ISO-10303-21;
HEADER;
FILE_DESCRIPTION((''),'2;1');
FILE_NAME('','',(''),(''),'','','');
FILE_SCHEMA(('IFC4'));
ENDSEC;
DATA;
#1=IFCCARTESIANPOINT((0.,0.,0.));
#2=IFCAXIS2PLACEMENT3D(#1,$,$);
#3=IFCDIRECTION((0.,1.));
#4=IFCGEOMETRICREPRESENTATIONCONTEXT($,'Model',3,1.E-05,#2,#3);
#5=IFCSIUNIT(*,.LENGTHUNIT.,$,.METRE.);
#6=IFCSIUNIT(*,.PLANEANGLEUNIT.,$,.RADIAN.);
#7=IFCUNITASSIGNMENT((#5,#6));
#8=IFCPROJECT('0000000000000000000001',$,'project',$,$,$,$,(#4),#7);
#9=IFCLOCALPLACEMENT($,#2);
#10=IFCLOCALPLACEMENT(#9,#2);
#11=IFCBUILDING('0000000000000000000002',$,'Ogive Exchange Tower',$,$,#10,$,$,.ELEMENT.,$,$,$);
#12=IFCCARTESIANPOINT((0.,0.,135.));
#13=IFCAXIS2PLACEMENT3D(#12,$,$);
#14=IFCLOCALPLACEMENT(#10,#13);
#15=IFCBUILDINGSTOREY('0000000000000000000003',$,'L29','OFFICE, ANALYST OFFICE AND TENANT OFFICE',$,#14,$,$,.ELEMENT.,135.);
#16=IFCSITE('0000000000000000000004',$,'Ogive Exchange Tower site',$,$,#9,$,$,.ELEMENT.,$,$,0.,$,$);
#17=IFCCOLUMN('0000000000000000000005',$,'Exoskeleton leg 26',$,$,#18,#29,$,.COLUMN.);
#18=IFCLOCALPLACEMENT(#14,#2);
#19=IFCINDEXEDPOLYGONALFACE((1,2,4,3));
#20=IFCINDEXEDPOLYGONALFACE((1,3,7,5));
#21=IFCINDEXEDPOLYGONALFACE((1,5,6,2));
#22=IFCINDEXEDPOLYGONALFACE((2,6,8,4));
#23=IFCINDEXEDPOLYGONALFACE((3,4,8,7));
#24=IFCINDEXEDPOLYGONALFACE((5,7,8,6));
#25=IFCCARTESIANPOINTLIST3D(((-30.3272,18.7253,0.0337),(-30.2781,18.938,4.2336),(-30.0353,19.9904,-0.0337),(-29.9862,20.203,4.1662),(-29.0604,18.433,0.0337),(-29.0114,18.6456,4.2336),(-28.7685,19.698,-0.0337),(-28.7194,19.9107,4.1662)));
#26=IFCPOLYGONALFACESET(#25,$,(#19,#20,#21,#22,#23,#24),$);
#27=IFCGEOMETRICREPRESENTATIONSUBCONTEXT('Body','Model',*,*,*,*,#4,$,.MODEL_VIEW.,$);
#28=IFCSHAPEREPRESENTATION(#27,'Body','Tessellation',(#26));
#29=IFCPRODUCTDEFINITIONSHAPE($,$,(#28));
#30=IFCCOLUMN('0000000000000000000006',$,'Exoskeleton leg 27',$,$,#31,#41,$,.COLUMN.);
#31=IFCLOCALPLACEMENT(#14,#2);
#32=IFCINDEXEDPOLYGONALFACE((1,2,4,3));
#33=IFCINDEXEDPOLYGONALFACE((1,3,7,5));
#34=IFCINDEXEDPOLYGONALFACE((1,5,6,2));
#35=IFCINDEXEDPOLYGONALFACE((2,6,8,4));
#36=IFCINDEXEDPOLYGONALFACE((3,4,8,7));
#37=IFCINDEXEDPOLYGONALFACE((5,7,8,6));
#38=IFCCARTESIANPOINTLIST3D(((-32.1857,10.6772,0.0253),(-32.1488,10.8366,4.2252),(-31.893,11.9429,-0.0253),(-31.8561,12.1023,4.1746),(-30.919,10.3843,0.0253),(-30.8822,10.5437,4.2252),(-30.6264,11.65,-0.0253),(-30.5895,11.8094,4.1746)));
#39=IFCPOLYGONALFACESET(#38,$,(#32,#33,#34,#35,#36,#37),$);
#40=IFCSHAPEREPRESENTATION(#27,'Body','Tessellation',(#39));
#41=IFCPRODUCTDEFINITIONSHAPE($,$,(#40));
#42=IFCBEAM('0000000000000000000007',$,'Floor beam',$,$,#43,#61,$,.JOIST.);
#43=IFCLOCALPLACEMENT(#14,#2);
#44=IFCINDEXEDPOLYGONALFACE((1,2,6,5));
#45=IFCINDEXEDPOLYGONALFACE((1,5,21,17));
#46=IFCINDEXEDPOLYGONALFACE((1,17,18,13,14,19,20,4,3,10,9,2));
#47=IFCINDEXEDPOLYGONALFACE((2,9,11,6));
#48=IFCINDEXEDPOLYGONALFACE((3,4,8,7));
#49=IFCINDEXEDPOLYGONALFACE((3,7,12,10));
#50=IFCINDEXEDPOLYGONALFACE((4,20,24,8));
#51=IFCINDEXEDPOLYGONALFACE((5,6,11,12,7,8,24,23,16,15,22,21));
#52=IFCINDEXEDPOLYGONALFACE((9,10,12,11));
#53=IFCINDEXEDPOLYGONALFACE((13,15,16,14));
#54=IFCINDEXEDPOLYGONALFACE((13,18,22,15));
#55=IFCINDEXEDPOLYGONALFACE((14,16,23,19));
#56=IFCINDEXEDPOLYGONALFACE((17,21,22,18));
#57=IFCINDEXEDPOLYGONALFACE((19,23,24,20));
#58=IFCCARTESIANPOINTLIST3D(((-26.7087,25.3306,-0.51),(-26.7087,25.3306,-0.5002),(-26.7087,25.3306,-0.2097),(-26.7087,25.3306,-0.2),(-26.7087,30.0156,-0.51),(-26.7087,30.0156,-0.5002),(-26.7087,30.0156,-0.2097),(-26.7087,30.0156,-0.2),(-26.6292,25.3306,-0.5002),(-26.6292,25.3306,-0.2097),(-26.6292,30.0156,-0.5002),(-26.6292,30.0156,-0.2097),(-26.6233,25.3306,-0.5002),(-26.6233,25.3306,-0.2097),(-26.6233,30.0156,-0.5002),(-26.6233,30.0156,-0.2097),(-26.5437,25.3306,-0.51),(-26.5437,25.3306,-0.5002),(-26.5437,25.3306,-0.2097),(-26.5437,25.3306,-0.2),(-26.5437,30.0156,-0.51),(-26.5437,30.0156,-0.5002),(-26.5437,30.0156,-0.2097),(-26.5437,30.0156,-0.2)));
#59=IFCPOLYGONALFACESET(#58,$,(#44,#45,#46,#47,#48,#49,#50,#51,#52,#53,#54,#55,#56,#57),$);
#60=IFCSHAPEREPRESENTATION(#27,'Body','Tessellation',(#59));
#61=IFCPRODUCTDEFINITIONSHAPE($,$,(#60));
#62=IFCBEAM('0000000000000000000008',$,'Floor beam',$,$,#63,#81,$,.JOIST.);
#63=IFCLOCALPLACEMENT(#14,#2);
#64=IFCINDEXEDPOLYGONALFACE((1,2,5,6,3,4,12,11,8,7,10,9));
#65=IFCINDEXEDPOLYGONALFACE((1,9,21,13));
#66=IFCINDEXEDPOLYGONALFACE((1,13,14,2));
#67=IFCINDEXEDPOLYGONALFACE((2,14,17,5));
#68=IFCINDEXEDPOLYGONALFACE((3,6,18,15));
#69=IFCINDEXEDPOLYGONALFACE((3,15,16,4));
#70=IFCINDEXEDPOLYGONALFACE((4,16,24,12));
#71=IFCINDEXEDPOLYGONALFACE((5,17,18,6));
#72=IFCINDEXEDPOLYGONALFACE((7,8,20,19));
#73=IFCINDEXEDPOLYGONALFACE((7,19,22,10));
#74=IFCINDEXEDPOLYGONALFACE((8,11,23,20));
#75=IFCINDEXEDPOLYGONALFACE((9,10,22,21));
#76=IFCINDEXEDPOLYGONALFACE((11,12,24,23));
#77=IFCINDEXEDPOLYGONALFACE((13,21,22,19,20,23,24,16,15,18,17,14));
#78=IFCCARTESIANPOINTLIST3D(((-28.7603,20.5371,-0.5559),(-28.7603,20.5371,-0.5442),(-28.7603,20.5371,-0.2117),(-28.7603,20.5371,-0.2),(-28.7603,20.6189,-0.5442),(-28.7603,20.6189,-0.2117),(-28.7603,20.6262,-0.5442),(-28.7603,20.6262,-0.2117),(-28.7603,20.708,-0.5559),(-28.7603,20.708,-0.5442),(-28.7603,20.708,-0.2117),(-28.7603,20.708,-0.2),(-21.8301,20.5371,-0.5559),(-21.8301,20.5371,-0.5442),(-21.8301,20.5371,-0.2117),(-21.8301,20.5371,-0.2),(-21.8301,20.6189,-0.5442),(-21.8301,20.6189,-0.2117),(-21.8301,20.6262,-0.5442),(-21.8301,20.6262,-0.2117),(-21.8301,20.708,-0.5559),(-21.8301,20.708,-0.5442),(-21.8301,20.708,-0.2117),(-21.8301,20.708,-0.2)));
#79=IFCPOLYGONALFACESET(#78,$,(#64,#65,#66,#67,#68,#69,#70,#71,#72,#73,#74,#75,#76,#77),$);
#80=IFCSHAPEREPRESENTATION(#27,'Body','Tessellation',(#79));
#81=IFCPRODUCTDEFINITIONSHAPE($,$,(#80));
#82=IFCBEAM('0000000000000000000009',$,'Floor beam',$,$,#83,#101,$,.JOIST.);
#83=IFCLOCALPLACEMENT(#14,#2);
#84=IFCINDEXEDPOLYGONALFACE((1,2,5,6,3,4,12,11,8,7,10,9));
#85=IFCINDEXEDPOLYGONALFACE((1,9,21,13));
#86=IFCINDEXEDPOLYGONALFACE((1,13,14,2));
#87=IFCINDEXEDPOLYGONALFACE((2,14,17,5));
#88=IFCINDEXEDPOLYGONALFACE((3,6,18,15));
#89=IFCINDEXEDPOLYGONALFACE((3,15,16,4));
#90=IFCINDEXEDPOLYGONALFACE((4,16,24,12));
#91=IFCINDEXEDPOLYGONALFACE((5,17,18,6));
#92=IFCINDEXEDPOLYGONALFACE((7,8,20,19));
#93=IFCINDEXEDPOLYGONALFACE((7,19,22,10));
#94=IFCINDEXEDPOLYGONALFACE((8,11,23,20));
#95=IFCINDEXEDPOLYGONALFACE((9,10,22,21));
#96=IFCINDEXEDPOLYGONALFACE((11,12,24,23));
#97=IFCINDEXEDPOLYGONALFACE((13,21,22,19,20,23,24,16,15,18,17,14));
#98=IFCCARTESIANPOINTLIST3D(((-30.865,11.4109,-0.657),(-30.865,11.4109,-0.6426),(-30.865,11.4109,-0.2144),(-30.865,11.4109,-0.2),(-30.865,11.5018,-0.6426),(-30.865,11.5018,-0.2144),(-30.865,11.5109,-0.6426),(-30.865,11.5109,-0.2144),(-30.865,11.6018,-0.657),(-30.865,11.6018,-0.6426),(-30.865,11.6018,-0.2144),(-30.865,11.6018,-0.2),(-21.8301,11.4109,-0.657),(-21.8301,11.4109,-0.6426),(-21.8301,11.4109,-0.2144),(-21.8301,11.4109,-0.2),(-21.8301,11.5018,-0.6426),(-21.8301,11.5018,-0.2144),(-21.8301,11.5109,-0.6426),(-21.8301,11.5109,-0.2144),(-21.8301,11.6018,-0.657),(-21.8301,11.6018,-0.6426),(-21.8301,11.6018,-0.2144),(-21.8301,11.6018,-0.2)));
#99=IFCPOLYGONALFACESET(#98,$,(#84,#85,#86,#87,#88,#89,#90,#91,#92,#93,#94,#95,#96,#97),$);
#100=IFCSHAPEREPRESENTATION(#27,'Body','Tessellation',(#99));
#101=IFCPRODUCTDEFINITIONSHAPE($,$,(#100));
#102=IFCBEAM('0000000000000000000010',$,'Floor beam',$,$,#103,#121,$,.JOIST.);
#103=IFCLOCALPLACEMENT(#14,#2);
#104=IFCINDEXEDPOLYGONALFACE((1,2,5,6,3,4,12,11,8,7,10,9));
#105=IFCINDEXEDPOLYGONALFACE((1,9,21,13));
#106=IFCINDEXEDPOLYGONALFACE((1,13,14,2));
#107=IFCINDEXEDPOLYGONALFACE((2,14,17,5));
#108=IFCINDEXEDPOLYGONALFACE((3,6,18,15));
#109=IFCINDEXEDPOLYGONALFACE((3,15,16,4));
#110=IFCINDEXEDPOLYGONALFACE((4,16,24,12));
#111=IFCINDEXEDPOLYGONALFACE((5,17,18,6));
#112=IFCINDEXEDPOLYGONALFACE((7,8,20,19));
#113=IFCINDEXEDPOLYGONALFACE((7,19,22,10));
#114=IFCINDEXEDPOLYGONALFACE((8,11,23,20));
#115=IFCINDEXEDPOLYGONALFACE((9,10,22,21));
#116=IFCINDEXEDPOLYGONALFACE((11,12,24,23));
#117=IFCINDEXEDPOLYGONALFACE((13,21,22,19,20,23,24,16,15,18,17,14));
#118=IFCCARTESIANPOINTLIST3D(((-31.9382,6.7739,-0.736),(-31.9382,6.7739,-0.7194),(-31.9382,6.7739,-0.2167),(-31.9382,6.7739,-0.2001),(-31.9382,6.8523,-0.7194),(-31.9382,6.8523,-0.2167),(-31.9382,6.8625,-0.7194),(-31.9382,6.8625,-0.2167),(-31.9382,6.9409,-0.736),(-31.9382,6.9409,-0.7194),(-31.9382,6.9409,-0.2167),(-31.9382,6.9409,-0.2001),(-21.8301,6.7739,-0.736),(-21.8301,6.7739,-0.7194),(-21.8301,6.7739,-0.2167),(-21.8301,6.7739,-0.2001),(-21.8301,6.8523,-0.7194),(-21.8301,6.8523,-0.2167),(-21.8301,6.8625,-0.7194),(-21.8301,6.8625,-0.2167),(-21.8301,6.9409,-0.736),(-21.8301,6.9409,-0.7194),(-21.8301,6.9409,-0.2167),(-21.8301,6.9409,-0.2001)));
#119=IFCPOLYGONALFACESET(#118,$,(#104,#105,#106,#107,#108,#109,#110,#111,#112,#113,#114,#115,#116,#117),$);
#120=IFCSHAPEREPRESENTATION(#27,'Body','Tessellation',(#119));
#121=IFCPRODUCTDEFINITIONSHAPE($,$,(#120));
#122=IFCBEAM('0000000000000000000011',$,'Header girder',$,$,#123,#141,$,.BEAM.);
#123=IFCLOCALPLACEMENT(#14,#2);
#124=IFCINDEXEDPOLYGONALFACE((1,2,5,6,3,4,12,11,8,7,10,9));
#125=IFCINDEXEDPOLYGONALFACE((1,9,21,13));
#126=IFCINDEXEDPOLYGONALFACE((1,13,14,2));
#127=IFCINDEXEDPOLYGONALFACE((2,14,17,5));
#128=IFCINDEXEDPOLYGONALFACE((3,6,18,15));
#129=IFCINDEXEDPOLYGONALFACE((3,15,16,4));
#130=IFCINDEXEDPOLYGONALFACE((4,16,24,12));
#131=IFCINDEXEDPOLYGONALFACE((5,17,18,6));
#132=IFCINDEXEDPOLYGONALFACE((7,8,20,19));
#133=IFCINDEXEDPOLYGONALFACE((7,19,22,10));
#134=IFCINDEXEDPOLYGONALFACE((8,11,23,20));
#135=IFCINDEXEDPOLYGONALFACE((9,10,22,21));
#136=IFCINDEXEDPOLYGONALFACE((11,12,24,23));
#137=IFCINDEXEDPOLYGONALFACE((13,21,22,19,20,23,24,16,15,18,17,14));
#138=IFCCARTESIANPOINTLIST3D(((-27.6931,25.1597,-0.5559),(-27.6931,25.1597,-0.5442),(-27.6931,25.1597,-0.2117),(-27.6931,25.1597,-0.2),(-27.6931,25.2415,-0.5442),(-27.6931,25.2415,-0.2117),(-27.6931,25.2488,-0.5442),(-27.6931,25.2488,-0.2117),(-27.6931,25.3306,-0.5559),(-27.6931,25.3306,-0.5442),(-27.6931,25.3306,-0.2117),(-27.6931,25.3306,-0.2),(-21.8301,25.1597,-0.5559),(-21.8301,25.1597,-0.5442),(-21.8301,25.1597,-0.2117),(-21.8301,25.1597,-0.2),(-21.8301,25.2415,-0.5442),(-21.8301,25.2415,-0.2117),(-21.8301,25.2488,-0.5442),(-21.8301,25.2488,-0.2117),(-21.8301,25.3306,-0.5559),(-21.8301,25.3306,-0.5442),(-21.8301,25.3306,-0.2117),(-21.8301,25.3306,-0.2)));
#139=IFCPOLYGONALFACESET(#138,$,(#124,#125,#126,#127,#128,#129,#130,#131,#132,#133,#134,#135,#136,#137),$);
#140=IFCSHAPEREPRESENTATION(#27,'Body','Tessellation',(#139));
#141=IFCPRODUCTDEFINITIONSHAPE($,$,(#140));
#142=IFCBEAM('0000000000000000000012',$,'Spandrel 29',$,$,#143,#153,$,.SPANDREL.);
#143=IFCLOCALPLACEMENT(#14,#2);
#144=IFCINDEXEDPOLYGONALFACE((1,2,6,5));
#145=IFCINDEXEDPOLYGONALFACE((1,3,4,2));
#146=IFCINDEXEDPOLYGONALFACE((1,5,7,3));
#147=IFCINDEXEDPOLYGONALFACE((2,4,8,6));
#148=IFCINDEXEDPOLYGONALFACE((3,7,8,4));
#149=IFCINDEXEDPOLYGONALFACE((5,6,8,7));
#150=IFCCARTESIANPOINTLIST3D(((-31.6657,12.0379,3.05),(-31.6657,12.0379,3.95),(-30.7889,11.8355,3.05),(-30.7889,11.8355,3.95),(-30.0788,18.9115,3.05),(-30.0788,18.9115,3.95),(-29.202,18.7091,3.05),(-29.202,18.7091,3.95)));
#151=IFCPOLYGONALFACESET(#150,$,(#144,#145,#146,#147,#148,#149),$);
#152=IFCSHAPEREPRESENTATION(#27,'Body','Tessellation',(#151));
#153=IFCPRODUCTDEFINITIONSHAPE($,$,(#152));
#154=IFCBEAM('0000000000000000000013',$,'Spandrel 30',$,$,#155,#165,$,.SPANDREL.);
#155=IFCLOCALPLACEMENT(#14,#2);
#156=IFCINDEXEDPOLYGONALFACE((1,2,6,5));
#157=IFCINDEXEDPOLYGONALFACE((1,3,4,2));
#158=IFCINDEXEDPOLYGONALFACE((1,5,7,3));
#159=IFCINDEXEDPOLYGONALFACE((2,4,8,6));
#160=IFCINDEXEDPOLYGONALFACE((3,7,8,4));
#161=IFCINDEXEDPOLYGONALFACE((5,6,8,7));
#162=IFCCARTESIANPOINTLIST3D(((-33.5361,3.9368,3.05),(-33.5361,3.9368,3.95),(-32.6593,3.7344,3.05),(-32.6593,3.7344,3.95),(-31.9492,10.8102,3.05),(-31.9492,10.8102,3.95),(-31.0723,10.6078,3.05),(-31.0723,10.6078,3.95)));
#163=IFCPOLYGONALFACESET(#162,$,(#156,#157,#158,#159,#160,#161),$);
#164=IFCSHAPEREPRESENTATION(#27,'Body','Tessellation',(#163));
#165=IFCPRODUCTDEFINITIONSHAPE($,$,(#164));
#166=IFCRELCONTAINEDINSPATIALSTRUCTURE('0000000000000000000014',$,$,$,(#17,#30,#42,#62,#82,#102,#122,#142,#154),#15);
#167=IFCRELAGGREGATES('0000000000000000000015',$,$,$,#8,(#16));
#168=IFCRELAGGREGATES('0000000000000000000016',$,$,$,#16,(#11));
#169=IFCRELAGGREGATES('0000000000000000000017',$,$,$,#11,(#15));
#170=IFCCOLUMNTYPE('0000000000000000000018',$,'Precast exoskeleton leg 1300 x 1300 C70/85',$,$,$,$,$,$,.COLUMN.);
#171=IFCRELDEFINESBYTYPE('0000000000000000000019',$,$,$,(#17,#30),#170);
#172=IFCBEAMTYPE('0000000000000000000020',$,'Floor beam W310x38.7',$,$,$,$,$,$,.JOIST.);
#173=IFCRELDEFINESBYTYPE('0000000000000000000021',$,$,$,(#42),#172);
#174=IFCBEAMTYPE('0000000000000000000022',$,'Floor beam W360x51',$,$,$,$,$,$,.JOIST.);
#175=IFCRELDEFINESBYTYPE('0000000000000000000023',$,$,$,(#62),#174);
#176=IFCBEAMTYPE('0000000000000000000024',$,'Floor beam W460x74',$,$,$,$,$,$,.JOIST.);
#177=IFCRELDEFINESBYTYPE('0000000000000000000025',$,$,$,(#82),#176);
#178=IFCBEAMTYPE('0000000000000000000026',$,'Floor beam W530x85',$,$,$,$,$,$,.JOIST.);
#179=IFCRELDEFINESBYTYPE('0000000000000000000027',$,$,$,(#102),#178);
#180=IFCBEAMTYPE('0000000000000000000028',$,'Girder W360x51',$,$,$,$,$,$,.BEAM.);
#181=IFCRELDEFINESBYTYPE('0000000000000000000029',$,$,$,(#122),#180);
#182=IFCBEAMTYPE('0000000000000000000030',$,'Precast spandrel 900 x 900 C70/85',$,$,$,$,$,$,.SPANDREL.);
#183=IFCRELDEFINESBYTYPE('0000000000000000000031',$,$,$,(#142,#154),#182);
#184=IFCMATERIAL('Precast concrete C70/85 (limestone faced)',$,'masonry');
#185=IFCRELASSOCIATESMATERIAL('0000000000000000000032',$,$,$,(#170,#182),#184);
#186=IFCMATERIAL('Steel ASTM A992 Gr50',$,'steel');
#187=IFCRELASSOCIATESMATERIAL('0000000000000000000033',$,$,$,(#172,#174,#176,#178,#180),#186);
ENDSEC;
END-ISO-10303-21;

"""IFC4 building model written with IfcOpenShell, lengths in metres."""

from ifc_helpers import new_model, si_unit, direction, frame, origin, origin_2d, place, context, subcontext, project, spatial, rectangle, i_section, extrude, material, material_profile, profile_set, type_object, element, save


model = new_model("IFC4")

# Units and contexts
model_context = context("Model", 3, precision=1e-05, world=origin(), true_north=direction((0.0, 1.0)))
body_context = subcontext(model_context, "Body", "Model", "MODEL_VIEW")
ifc_project = project(units=[si_unit("LENGTHUNIT", "METRE"), si_unit("PLANEANGLEUNIT", "RADIAN")], contexts=[model_context])

# Site, building, storey
site_placement = place(None, origin())
site = spatial("IfcSite", under=ifc_project, at=site_placement, Name="Ogive Exchange Tower site", CompositionType="ELEMENT", RefElevation=0.0)
building_placement = place(site_placement, origin())
building = spatial("IfcBuilding", under=site, at=building_placement, Name="Ogive Exchange Tower", CompositionType="ELEMENT")
storey_placement = place(building_placement, frame((0.0, 0.0, 135.0)))
storey = spatial("IfcBuildingStorey", under=building, at=storey_placement, Name="L29", Description="OFFICE, ANALYST OFFICE AND TENANT OFFICE", CompositionType="ELEMENT", Elevation=135.0)

# Columns
ifc_material_1 = material(Name="Precast concrete C70/85 (limestone faced)", Category="masonry")
ifc_material_profile_1 = material_profile(ifc_material_1, rectangle(XDim=1.3, YDim=1.3, at=origin_2d()), Name="1300 x 1300")
ifc_profile_set_1 = profile_set([ifc_material_profile_1], Name="Precast concrete C70/85 (limestone faced)")
column_type = type_object("IfcColumnType", Name="Precast exoskeleton leg 1300 x 1300 C70/85", PredefinedType="COLUMN", material=ifc_profile_set_1)
column_1_placement = place(storey_placement, frame((-29.5479, 19.2117, 0.0), z_axis=(0.011668, 0.050562, 0.998653), x_axis=(-0.974391, 0.22486, 0.0)))
element("IfcColumn", 1, at=column_1_placement, inside=storey, type_object=column_type, Name="Exoskeleton leg 26", PredefinedType="COLUMN", context=body_context, shape_type="SweptSolid", body=[
    extrude(rectangle(XDim=1.3, YDim=1.3, at=origin_2d()), origin(), (0.0, 0.0, 1.0), 4.2056),
])
column_2_placement = place(storey_placement, frame((-31.406, 11.1636, 0.0), z_axis=(0.008771, 0.03793, 0.999242), x_axis=(-0.974291, 0.225295, 0.0)))
element("IfcColumn", 2, at=column_2_placement, inside=storey, type_object=column_type, Name="Exoskeleton leg 27", PredefinedType="COLUMN", context=body_context, shape_type="SweptSolid", body=[
    extrude(rectangle(XDim=1.3, YDim=1.3, at=origin_2d()), origin(), (0.0, 0.0, 1.0), 4.2031),
])

# Beams
ifc_material_2 = material(Name="Steel ASTM A992 Gr50", Category="steel")
ifc_material_profile_2 = material_profile(ifc_material_2, i_section(OverallWidth=0.165, OverallDepth=0.3101, WebThickness=0.0059, FlangeThickness=0.0098, at=origin_2d()), Name="W310x38.7")
ifc_profile_set_2 = profile_set([ifc_material_profile_2], Name="Steel ASTM A992 Gr50")
beam_type_1 = type_object("IfcBeamType", Name="Floor beam W310x38.7", PredefinedType="JOIST", material=ifc_profile_set_2)
beam_1_placement = place(storey_placement, frame((-26.6262, 25.3306, -0.355), z_axis=(0.0, 1.0, 0.0), x_axis=(-1.0, 0.0, 0.0)))
element("IfcBeam", 3, at=beam_1_placement, inside=storey, type_object=beam_type_1, Name="Floor beam", PredefinedType="JOIST", context=body_context, shape_type="SweptSolid", body=[
    extrude(i_section(OverallWidth=0.165, OverallDepth=0.3101, WebThickness=0.0059, FlangeThickness=0.0098, at=origin_2d()), origin(), (0.0, 0.0, 1.0), 4.6851),
])
ifc_material_profile_3 = material_profile(ifc_material_2, i_section(OverallWidth=0.1709, OverallDepth=0.356, WebThickness=0.0073, FlangeThickness=0.0117, at=origin_2d()), Name="W360x51")
ifc_profile_set_3 = profile_set([ifc_material_profile_3], Name="Steel ASTM A992 Gr50")
beam_type_2 = type_object("IfcBeamType", Name="Floor beam W360x51", PredefinedType="JOIST", material=ifc_profile_set_3)
beam_2_placement = place(storey_placement, frame((-28.7603, 20.6226, -0.3779), z_axis=(1.0, 0.0, 0.0), x_axis=(0.0, 1.0, 0.0)))
element("IfcBeam", 4, at=beam_2_placement, inside=storey, type_object=beam_type_2, Name="Floor beam", PredefinedType="JOIST", context=body_context, shape_type="SweptSolid", body=[
    extrude(i_section(OverallWidth=0.1709, OverallDepth=0.356, WebThickness=0.0073, FlangeThickness=0.0117, at=origin_2d()), origin(), (0.0, 0.0, 1.0), 6.9302),
])
ifc_material_profile_4 = material_profile(ifc_material_2, i_section(OverallWidth=0.1909, OverallDepth=0.457, WebThickness=0.009, FlangeThickness=0.0144, at=origin_2d()), Name="W460x74")
ifc_profile_set_4 = profile_set([ifc_material_profile_4], Name="Steel ASTM A992 Gr50")
beam_type_3 = type_object("IfcBeamType", Name="Floor beam W460x74", PredefinedType="JOIST", material=ifc_profile_set_4)
beam_3_placement = place(storey_placement, frame((-30.865, 11.5063, -0.4285), z_axis=(1.0, 0.0, 0.0), x_axis=(0.0, 1.0, 0.0)))
element("IfcBeam", 5, at=beam_3_placement, inside=storey, type_object=beam_type_3, Name="Floor beam", PredefinedType="JOIST", context=body_context, shape_type="SweptSolid", body=[
    extrude(i_section(OverallWidth=0.1909, OverallDepth=0.457, WebThickness=0.009, FlangeThickness=0.0144, at=origin_2d()), origin(), (0.0, 0.0, 1.0), 9.0349),
])
ifc_material_profile_5 = material_profile(ifc_material_2, i_section(OverallWidth=0.167, OverallDepth=0.5359, WebThickness=0.0103, FlangeThickness=0.0166, at=origin_2d()), Name="W530x85")
ifc_profile_set_5 = profile_set([ifc_material_profile_5], Name="Steel ASTM A992 Gr50")
beam_type_4 = type_object("IfcBeamType", Name="Floor beam W530x85", PredefinedType="JOIST", material=ifc_profile_set_5)
beam_4_placement = place(storey_placement, frame((-31.9382, 6.8574, -0.468), z_axis=(1.0, 0.0, 0.0), x_axis=(0.0, 1.0, 0.0)))
element("IfcBeam", 6, at=beam_4_placement, inside=storey, type_object=beam_type_4, Name="Floor beam", PredefinedType="JOIST", context=body_context, shape_type="SweptSolid", body=[
    extrude(i_section(OverallWidth=0.167, OverallDepth=0.5359, WebThickness=0.0103, FlangeThickness=0.0166, at=origin_2d()), origin(), (0.0, 0.0, 1.0), 10.1082),
])
ifc_material_profile_6 = material_profile(ifc_material_2, i_section(OverallWidth=0.1709, OverallDepth=0.356, WebThickness=0.0073, FlangeThickness=0.0117, at=origin_2d()), Name="W360x51")
ifc_profile_set_6 = profile_set([ifc_material_profile_6], Name="Steel ASTM A992 Gr50")
beam_type_5 = type_object("IfcBeamType", Name="Girder W360x51", PredefinedType="BEAM", material=ifc_profile_set_6)
beam_5_placement = place(storey_placement, frame((-27.6931, 25.2451, -0.3779), z_axis=(1.0, 0.0, 0.0), x_axis=(0.0, 1.0, 0.0)))
element("IfcBeam", 7, at=beam_5_placement, inside=storey, type_object=beam_type_5, Name="Header girder", PredefinedType="BEAM", context=body_context, shape_type="SweptSolid", body=[
    extrude(i_section(OverallWidth=0.1709, OverallDepth=0.356, WebThickness=0.0073, FlangeThickness=0.0117, at=origin_2d()), origin(), (0.0, 0.0, 1.0), 5.863),
])
ifc_material_profile_7 = material_profile(ifc_material_1, rectangle(XDim=0.8999, YDim=0.8999, at=origin_2d()), Name="900 x 900")
ifc_profile_set_7 = profile_set([ifc_material_profile_7], Name="Precast concrete C70/85 (limestone faced)")
beam_type_6 = type_object("IfcBeamType", Name="Precast spandrel 900 x 900 C70/85", PredefinedType="SPANDREL", material=ifc_profile_set_7)
beam_6_placement = place(storey_placement, frame((-29.6404, 18.8103, 3.5), z_axis=(-0.224956, -0.974369, 0.0), x_axis=(0.974369, -0.224956, 0.0)))
element("IfcBeam", 8, at=beam_6_placement, inside=storey, type_object=beam_type_6, Name="Spandrel 29", PredefinedType="SPANDREL", context=body_context, shape_type="SweptSolid", body=[
    extrude(rectangle(XDim=0.8999, YDim=0.8999, at=origin_2d()), origin(), (0.0, 0.0, 1.0), 7.0544),
])
beam_7_placement = place(storey_placement, frame((-31.5107, 10.709, 3.5), z_axis=(-0.224963, -0.974367, 0.0), x_axis=(0.974367, -0.224963, 0.0)))
element("IfcBeam", 9, at=beam_7_placement, inside=storey, type_object=beam_type_6, Name="Spandrel 30", PredefinedType="SPANDREL", context=body_context, shape_type="SweptSolid", body=[
    extrude(rectangle(XDim=0.8999, YDim=0.8999, at=origin_2d()), origin(), (0.0, 0.0, 1.0), 7.0542),
])

save(model, "model.ifc")
